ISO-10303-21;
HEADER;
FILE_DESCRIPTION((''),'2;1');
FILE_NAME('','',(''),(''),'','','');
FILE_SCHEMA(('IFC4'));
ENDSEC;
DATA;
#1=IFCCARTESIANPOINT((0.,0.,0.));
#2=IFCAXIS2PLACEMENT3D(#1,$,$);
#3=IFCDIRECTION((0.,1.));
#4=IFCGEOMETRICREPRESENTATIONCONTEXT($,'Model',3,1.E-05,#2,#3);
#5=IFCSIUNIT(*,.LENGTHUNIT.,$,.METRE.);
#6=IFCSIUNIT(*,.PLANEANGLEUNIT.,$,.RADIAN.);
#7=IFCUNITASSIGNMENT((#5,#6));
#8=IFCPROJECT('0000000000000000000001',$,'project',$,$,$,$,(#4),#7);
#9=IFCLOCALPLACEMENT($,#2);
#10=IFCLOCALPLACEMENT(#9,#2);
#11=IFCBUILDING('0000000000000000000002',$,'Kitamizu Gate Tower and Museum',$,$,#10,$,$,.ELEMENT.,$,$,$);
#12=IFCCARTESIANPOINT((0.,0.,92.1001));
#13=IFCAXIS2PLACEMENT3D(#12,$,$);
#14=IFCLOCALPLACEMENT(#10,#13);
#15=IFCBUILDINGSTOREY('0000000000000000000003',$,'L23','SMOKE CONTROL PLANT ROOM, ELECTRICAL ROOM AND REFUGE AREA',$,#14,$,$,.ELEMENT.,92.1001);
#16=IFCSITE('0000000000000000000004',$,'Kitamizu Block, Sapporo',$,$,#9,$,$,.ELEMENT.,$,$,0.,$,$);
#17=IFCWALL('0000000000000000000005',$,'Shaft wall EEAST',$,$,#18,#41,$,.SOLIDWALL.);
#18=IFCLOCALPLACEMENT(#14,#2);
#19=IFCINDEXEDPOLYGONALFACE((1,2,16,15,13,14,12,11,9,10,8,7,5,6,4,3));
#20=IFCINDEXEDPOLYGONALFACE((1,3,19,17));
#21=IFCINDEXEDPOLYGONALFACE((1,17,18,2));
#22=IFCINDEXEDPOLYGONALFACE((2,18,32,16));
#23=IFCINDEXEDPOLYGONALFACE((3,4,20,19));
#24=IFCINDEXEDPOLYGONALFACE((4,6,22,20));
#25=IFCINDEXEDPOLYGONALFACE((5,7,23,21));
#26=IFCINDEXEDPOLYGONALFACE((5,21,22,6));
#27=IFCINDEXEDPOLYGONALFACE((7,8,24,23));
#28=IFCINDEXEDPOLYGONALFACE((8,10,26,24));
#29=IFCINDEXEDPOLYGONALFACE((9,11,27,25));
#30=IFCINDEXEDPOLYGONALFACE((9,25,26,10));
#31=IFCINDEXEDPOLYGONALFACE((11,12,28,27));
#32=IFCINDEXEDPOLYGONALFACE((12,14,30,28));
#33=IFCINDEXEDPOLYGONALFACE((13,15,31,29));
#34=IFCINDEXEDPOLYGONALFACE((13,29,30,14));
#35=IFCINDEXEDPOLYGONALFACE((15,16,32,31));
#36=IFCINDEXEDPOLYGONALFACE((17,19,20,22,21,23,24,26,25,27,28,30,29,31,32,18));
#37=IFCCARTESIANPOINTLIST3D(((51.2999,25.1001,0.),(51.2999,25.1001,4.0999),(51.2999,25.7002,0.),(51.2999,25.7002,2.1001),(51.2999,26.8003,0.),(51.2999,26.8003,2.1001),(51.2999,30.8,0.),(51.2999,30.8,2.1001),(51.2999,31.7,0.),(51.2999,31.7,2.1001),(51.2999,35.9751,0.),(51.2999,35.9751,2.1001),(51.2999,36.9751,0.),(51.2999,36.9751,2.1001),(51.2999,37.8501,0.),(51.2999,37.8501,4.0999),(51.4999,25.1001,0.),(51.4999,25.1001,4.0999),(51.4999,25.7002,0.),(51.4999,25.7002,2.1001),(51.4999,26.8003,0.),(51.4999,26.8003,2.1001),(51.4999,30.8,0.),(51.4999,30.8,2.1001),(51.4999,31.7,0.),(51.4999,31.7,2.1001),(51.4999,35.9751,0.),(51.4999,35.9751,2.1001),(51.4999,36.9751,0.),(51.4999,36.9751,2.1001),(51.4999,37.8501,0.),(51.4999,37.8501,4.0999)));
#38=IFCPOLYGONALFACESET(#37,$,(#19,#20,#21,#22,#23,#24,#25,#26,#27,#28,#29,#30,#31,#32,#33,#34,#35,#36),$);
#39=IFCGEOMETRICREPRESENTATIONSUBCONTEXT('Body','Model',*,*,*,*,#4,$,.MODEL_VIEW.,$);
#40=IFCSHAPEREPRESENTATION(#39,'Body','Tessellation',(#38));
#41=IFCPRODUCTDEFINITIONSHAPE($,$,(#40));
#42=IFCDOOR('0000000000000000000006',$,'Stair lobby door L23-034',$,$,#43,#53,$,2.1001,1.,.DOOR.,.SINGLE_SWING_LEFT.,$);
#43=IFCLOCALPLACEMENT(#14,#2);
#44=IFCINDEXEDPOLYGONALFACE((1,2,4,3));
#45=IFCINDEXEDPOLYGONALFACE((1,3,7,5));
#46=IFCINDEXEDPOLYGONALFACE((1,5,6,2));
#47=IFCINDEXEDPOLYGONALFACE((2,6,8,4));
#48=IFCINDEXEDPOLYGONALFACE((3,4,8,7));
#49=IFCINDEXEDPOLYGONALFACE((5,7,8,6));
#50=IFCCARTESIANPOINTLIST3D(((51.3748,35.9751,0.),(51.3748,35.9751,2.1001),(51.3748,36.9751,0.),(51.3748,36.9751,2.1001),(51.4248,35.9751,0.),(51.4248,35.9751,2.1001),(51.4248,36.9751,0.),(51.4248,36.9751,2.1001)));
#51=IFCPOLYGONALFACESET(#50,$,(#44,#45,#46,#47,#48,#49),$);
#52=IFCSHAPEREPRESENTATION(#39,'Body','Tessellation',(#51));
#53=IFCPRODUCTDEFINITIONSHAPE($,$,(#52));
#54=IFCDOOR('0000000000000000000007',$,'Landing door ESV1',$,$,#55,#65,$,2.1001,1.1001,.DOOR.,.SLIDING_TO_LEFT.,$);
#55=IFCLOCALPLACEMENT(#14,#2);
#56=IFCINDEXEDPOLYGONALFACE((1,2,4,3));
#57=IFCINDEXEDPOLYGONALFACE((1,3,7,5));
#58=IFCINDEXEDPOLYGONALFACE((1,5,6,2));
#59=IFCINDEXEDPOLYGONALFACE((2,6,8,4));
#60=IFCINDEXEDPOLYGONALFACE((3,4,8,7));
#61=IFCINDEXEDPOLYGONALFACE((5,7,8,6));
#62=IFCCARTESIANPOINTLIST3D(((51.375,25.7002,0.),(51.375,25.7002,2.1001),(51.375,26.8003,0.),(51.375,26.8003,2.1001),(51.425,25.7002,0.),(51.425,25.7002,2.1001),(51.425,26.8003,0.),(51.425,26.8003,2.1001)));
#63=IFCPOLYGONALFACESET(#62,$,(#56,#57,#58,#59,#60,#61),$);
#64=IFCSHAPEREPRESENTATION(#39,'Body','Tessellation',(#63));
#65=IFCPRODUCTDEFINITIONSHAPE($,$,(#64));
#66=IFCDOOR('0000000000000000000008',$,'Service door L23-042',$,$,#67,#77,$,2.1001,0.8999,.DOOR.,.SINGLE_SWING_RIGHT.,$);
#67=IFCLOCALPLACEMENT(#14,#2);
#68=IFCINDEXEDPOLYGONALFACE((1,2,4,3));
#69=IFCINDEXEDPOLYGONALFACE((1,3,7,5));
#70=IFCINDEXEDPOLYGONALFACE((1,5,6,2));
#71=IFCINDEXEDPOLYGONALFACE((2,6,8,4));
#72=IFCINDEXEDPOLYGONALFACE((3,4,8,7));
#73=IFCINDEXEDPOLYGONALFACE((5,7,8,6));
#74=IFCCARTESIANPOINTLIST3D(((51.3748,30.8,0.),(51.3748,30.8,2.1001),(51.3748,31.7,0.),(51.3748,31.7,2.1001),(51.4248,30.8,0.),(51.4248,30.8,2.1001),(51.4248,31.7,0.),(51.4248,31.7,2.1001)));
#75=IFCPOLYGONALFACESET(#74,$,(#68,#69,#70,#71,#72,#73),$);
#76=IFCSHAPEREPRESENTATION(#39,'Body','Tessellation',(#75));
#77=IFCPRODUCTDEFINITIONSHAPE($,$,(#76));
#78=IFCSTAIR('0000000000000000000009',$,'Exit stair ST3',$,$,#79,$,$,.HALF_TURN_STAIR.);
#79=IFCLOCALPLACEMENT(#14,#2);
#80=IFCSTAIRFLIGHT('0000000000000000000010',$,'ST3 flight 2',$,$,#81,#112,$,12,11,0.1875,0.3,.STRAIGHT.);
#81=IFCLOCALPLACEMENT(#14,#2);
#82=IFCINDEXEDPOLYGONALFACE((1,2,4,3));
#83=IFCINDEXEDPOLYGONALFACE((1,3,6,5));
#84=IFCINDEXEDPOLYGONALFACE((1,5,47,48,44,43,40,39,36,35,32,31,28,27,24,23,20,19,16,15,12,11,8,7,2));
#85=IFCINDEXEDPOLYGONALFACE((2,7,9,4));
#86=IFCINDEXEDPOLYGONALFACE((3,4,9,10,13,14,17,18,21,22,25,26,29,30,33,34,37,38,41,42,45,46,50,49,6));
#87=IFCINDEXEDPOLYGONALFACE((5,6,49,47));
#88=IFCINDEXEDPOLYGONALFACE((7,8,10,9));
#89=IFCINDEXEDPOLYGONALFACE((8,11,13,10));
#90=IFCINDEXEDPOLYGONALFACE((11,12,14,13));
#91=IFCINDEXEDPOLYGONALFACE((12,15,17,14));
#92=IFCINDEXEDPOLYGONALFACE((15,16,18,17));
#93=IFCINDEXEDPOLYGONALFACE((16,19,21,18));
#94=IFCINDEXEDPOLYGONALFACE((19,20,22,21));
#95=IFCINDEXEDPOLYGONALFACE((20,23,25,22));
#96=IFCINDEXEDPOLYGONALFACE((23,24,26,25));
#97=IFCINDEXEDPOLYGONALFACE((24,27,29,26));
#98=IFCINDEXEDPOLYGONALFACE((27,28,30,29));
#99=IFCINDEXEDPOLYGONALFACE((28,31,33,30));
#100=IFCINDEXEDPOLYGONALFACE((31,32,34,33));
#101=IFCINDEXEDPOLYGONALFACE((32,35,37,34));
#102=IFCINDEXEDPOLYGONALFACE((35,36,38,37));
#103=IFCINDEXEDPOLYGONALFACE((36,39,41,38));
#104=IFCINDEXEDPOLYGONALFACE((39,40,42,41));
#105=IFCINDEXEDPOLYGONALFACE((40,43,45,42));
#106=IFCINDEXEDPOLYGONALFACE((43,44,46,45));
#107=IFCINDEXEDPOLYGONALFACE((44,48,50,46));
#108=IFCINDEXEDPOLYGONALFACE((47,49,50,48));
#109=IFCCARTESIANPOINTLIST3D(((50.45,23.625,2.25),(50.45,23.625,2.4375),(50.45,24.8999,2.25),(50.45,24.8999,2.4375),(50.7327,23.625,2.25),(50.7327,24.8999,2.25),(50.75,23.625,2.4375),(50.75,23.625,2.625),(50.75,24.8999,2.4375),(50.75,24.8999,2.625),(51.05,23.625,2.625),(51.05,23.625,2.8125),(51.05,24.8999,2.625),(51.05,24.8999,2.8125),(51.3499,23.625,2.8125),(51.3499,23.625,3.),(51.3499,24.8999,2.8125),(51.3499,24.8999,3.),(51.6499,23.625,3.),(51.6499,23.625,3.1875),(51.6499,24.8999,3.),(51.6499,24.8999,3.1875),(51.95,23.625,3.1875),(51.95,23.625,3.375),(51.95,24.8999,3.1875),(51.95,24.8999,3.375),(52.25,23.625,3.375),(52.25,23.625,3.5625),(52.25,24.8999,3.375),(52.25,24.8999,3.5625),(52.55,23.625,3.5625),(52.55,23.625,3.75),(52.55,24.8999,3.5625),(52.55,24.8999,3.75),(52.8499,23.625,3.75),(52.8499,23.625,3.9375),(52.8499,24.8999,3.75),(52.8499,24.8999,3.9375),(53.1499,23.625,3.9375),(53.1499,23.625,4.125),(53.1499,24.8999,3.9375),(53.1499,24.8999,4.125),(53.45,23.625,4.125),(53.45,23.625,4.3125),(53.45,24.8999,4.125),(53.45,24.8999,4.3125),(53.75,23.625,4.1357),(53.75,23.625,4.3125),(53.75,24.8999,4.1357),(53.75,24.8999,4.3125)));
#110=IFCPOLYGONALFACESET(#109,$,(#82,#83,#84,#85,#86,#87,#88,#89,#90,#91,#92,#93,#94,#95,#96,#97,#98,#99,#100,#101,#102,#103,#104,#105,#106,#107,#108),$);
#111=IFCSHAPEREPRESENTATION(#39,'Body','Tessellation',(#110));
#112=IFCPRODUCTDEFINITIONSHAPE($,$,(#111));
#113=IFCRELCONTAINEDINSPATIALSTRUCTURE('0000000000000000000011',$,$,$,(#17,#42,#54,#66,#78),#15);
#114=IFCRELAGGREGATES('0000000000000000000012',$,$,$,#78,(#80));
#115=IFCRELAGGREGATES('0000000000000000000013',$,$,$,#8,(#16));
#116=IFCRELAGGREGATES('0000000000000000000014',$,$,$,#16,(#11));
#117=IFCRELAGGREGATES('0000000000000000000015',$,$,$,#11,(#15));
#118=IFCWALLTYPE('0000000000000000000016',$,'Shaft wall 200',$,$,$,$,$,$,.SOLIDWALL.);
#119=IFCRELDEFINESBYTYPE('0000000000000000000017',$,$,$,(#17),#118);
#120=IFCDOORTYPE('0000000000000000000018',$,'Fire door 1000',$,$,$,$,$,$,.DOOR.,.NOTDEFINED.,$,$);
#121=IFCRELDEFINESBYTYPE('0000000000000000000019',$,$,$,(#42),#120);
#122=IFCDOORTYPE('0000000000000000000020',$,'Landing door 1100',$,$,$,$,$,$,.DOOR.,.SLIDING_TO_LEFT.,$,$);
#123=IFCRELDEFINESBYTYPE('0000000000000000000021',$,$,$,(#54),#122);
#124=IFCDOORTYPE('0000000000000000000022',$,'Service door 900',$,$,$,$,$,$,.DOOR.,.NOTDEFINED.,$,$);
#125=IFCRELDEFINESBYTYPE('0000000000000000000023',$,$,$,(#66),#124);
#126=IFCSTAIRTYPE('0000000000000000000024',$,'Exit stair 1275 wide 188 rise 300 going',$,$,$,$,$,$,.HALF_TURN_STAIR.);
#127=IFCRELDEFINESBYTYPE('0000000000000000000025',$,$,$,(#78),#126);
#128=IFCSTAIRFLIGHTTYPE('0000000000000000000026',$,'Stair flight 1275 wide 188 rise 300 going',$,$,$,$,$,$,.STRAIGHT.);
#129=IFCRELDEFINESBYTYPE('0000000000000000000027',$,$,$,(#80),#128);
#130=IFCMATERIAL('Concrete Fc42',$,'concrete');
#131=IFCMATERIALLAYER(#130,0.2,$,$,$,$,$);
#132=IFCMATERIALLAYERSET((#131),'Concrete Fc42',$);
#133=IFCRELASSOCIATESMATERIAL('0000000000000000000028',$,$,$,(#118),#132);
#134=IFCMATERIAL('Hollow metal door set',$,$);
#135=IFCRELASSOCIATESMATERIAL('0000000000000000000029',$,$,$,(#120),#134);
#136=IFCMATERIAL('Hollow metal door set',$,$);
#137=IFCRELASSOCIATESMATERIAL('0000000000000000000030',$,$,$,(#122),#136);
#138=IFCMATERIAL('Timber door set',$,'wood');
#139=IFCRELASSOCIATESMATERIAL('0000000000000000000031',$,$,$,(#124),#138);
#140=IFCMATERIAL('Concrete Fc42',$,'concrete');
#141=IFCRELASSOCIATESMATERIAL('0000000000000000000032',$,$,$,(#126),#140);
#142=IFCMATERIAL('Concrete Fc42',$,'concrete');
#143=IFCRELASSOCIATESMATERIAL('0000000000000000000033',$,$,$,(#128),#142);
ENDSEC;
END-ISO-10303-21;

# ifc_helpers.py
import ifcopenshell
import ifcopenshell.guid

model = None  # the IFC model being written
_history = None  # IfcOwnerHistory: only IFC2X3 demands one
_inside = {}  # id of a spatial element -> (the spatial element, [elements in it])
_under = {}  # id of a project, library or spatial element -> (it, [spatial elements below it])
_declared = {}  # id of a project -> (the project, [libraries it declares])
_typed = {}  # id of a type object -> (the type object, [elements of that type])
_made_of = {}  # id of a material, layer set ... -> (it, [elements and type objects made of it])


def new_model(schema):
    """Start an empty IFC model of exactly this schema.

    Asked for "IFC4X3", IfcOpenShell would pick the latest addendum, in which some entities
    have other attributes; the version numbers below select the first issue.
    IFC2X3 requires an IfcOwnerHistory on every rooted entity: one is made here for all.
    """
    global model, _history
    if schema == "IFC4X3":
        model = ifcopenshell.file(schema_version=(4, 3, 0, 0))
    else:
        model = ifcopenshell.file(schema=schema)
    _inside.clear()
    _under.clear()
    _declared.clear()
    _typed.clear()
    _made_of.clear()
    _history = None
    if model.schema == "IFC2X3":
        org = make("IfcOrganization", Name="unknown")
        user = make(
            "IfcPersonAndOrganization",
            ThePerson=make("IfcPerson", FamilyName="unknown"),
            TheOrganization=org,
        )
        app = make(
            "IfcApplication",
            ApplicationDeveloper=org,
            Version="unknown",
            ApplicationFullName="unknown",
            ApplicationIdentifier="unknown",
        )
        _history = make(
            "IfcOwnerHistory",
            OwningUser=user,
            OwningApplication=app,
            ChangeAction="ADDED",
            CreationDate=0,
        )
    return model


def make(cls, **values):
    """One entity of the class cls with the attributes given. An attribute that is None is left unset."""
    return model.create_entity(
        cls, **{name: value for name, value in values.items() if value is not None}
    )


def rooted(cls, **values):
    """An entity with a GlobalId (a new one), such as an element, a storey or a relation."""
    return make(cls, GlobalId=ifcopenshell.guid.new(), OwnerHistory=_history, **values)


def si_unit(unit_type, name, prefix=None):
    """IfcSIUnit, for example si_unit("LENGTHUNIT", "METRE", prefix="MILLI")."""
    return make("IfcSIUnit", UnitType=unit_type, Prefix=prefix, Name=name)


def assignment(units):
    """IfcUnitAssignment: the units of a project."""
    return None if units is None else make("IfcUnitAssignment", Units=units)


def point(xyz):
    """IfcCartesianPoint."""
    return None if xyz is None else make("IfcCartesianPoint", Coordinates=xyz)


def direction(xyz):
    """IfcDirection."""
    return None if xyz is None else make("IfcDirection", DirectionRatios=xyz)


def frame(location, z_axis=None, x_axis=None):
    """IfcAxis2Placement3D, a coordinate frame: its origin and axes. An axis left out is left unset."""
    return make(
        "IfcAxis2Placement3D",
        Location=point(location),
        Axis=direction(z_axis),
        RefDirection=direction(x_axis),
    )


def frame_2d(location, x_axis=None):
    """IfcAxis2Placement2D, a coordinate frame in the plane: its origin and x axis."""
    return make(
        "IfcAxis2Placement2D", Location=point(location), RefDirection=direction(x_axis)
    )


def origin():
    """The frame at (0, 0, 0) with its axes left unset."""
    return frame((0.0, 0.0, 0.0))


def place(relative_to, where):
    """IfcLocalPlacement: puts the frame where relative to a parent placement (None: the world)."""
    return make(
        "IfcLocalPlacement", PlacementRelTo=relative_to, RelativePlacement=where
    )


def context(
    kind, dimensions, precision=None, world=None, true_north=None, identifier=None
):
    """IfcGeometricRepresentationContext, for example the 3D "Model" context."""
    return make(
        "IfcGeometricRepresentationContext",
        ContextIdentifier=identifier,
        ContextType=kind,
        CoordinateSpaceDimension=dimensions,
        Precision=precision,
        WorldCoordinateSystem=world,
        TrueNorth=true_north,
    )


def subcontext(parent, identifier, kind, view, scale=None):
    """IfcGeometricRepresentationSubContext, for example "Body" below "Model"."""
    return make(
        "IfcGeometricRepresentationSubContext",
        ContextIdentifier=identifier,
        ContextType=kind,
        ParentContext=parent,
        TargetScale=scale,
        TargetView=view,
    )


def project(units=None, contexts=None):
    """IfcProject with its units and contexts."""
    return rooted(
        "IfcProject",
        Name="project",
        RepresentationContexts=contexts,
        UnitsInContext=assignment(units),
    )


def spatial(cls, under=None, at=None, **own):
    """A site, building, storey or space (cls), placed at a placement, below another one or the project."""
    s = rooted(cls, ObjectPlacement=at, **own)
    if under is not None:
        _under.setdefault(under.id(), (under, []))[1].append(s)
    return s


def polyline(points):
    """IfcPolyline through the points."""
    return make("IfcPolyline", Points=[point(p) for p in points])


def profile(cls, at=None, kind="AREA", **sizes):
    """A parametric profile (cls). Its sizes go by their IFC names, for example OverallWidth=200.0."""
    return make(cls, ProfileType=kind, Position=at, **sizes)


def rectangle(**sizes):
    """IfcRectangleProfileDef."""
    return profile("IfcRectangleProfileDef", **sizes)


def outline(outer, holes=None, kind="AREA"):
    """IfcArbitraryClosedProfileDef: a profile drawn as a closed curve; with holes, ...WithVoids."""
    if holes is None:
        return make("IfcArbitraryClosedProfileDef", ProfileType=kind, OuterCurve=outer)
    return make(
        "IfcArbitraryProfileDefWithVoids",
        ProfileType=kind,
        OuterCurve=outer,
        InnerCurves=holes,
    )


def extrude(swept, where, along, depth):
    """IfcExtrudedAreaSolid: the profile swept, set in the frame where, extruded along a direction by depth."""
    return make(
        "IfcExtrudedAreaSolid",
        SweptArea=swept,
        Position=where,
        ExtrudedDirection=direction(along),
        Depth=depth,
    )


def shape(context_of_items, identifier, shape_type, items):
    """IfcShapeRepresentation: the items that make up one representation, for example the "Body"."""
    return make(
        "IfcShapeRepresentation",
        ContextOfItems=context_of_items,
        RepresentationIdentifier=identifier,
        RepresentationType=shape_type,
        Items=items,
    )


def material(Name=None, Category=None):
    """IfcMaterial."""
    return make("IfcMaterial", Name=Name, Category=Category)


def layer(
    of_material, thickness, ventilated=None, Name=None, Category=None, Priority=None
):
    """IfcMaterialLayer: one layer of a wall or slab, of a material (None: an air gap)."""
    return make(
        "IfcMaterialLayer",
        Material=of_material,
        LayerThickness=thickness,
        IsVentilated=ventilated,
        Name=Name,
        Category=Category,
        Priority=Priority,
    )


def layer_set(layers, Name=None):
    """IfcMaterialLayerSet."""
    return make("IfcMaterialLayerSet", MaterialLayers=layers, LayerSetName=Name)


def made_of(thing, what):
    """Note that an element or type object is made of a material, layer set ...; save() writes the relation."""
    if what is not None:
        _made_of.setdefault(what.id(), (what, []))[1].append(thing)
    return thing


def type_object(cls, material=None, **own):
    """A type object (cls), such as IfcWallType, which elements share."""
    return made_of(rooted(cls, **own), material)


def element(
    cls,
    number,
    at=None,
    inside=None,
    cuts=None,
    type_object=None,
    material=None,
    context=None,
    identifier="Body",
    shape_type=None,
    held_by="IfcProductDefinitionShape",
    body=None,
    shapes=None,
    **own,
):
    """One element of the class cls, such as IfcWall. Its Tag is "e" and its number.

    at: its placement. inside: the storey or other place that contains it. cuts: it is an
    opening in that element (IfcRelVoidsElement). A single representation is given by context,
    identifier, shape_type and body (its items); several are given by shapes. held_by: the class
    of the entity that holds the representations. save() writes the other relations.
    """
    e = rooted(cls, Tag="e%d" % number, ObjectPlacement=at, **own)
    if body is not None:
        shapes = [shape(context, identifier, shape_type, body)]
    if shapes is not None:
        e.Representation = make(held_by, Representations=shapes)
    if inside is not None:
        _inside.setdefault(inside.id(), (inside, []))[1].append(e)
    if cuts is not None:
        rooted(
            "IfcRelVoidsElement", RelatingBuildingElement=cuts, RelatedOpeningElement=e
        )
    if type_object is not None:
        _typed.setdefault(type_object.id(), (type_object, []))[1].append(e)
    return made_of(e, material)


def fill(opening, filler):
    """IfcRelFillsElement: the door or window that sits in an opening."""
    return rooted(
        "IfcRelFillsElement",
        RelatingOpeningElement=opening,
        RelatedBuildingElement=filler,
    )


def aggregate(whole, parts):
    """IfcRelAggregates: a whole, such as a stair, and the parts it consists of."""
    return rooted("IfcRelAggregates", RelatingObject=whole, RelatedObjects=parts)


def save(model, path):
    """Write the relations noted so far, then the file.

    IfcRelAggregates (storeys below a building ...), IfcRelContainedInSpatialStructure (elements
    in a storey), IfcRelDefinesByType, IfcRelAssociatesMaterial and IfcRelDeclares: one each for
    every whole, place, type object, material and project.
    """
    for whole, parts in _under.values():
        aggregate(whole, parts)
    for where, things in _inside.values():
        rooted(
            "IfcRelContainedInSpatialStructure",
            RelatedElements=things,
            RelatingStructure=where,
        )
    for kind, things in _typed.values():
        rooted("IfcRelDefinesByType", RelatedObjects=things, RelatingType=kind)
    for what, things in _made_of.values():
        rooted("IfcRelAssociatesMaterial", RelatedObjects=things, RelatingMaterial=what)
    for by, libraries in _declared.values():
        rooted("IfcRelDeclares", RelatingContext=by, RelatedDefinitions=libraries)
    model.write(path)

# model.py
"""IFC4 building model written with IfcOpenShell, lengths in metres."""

from ifc_helpers import new_model, si_unit, direction, frame, frame_2d, origin, place, context, subcontext, project, spatial, polyline, rectangle, outline, extrude, material, layer, layer_set, type_object, element, fill, aggregate, save


model = new_model("IFC4")

# Units and contexts
model_context = context("Model", 3, precision=1e-05, world=origin(), true_north=direction((0.0, 1.0)))
body_context = subcontext(model_context, "Body", "Model", "MODEL_VIEW")
ifc_project = project(units=[si_unit("LENGTHUNIT", "METRE"), si_unit("PLANEANGLEUNIT", "RADIAN")], contexts=[model_context])

# Site, building, storey
site_placement = place(None, origin())
site = spatial("IfcSite", under=ifc_project, at=site_placement, Name="Kitamizu Block, Sapporo", CompositionType="ELEMENT", RefElevation=0.0)
building_placement = place(site_placement, origin())
building = spatial("IfcBuilding", under=site, at=building_placement, Name="Kitamizu Gate Tower and Museum", CompositionType="ELEMENT")
storey_placement = place(building_placement, frame((0.0, 0.0, 92.1001)))
storey = spatial("IfcBuildingStorey", under=building, at=storey_placement, Name="L23", Description="SMOKE CONTROL PLANT ROOM, ELECTRICAL ROOM AND REFUGE AREA", CompositionType="ELEMENT", Elevation=92.1001)

# Wall, openings, doors
ifc_material_1 = material(Name="Concrete Fc42", Category="concrete")
ifc_layer_1 = layer(ifc_material_1, 0.2)
ifc_layer_set_1 = layer_set([ifc_layer_1], Name="Concrete Fc42")
wall_type_1 = type_object("IfcWallType", Name="Shaft wall 200", PredefinedType="SOLIDWALL", material=ifc_layer_set_1)
wall_1_placement = place(storey_placement, frame((51.3999, 25.1001, 0.0), z_axis=(0.0, 0.0, 1.0), x_axis=(0.0, 1.0, 0.0)))
wall_1 = element("IfcWall", 1, at=wall_1_placement, inside=storey, type_object=wall_type_1, Name="Shaft wall EEAST", PredefinedType="SOLIDWALL", context=body_context, shape_type="SweptSolid", body=[
    extrude(rectangle(XDim=12.75, YDim=0.2, at=frame_2d((6.375, 0.0))), origin(), (0.0, 0.0, 1.0), 4.0999),
])
opening_1_placement = place(wall_1_placement, frame((0.6001, 0.0, 0.0)))
opening_1 = element("IfcOpeningElement", 2, at=opening_1_placement, cuts=wall_1, PredefinedType="OPENING", context=body_context, shape_type="SweptSolid", body=[
    extrude(rectangle(XDim=1.1001, YDim=2.1001, at=frame_2d((0.55, 1.05))), frame((0.0, 0.1099, 0.0), z_axis=(0.0, -1.0, 0.0), x_axis=(1.0, 0.0, 0.0)), (0.0, 0.0, 1.0), 0.22),
])
opening_2_placement = place(wall_1_placement, frame((10.875, 0.0, 0.0)))
opening_2 = element("IfcOpeningElement", 3, at=opening_2_placement, cuts=wall_1, PredefinedType="OPENING", context=body_context, shape_type="SweptSolid", body=[
    extrude(rectangle(XDim=1.0, YDim=2.1001, at=frame_2d((0.5, 1.05))), frame((0.0, 0.1099, 0.0), z_axis=(0.0, -1.0, 0.0), x_axis=(1.0, 0.0, 0.0)), (0.0, 0.0, 1.0), 0.22),
])
opening_3_placement = place(wall_1_placement, frame((5.7, 0.0, 0.0)))
opening_3 = element("IfcOpeningElement", 4, at=opening_3_placement, cuts=wall_1, PredefinedType="OPENING", context=body_context, shape_type="SweptSolid", body=[
    extrude(rectangle(XDim=0.8999, YDim=2.1001, at=frame_2d((0.45, 1.05))), frame((0.0, 0.1099, 0.0), z_axis=(0.0, -1.0, 0.0), x_axis=(1.0, 0.0, 0.0)), (0.0, 0.0, 1.0), 0.22),
])
ifc_material_2 = material(Name="Hollow metal door set")
door_type_1 = type_object("IfcDoorType", Name="Fire door 1000", OperationType="NOTDEFINED", PredefinedType="DOOR", material=ifc_material_2)
door_1_placement = place(opening_2_placement, frame((1.0, 0.0, 0.0), x_axis=(-1.0, 0.0, 0.0)))
door_1 = element("IfcDoor", 5, at=door_1_placement, inside=storey, type_object=door_type_1, Name="Stair lobby door L23-034", OperationType="SINGLE_SWING_LEFT", OverallHeight=2.1001, OverallWidth=1.0, PredefinedType="DOOR", context=body_context, shape_type="SweptSolid", body=[
    extrude(rectangle(XDim=1.0, YDim=2.1001, at=frame_2d((0.5, 1.05))), frame((0.0, 0.0249, 0.0), z_axis=(0.0, -1.0, 0.0), x_axis=(1.0, 0.0, 0.0)), (0.0, 0.0, 1.0), 0.05),
])
fill(opening_2, door_1)
ifc_material_3 = material(Name="Hollow metal door set")
door_type_2 = type_object("IfcDoorType", Name="Landing door 1100", OperationType="SLIDING_TO_LEFT", PredefinedType="DOOR", material=ifc_material_3)
door_2_placement = place(opening_1_placement, origin())
door_2 = element("IfcDoor", 6, at=door_2_placement, inside=storey, type_object=door_type_2, Name="Landing door ESV1", OperationType="SLIDING_TO_LEFT", OverallHeight=2.1001, OverallWidth=1.1001, PredefinedType="DOOR", context=body_context, shape_type="SweptSolid", body=[
    extrude(rectangle(XDim=1.1001, YDim=2.1001, at=frame_2d((0.55, 1.05))), frame((0.0, 0.0249, 0.0), z_axis=(0.0, -1.0, 0.0), x_axis=(1.0, 0.0, 0.0)), (0.0, 0.0, 1.0), 0.05),
])
fill(opening_1, door_2)
ifc_material_4 = material(Name="Timber door set", Category="wood")
door_type_3 = type_object("IfcDoorType", Name="Service door 900", OperationType="NOTDEFINED", PredefinedType="DOOR", material=ifc_material_4)
door_3_placement = place(opening_3_placement, frame((0.8999, 0.0, 0.0), x_axis=(-1.0, 0.0, 0.0)))
door_3 = element("IfcDoor", 7, at=door_3_placement, inside=storey, type_object=door_type_3, Name="Service door L23-042", OperationType="SINGLE_SWING_RIGHT", OverallHeight=2.1001, OverallWidth=0.8999, PredefinedType="DOOR", context=body_context, shape_type="SweptSolid", body=[
    extrude(rectangle(XDim=0.8999, YDim=2.1001, at=frame_2d((0.45, 1.05))), frame((0.0, 0.0249, 0.0), z_axis=(0.0, -1.0, 0.0), x_axis=(1.0, 0.0, 0.0)), (0.0, 0.0, 1.0), 0.05),
])
fill(opening_3, door_3)

# Stair, stair flight
ifc_material_5 = material(Name="Concrete Fc42", Category="concrete")
stair_type = type_object("IfcStairType", Name="Exit stair 1275 wide 188 rise 300 going", PredefinedType="HALF_TURN_STAIR", material=ifc_material_5)
stair_placement = place(storey_placement, origin())
stair = element("IfcStair", 8, at=stair_placement, inside=storey, type_object=stair_type, Name="Exit stair ST3", PredefinedType="HALF_TURN_STAIR")
ifc_material_6 = material(Name="Concrete Fc42", Category="concrete")
stair_flight_type = type_object("IfcStairFlightType", Name="Stair flight 1275 wide 188 rise 300 going", PredefinedType="STRAIGHT", material=ifc_material_6)
stair_flight_placement = place(storey_placement, frame((50.45, 24.2625, 2.25), z_axis=(0.0, 0.0, 1.0), x_axis=(1.0, 0.0, 0.0)))
stair_flight = element("IfcStairFlight", 9, at=stair_flight_placement, type_object=stair_flight_type, Name="ST3 flight 2", NumberOfRisers=12, NumberOfTreads=11, PredefinedType="STRAIGHT", RiserHeight=0.1875, TreadLength=0.3, context=body_context, shape_type="SweptSolid", body=[
    extrude(outline(polyline([(0.0, 0.0), (0.0, 0.1875), (0.3, 0.1875), (0.3, 0.375), (0.6001, 0.375), (0.6001, 0.5625), (0.8999, 0.5625), (0.8999, 0.75), (1.2, 0.75), (1.2, 0.9375), (1.5, 0.9375), (1.5, 1.125), (1.8, 1.125), (1.8, 1.3125), (2.1001, 1.3125), (2.1001, 1.5), (2.3999, 1.5), (2.3999, 1.6875), (2.7, 1.6875), (2.7, 1.875), (3.0, 1.875), (3.0, 2.0625), (3.3, 2.0625), (3.3, 2.25), (3.3, 1.8857), (0.2827, 0.0), (0.0, 0.0)])), frame((0.0, 0.6375, 0.0), z_axis=(0.0, -1.0, 0.0), x_axis=(1.0, 0.0, 0.0)), (0.0, 0.0, 1.0), 1.2749),
])
aggregate(stair, [stair_flight])

save(model, "model.ifc")
